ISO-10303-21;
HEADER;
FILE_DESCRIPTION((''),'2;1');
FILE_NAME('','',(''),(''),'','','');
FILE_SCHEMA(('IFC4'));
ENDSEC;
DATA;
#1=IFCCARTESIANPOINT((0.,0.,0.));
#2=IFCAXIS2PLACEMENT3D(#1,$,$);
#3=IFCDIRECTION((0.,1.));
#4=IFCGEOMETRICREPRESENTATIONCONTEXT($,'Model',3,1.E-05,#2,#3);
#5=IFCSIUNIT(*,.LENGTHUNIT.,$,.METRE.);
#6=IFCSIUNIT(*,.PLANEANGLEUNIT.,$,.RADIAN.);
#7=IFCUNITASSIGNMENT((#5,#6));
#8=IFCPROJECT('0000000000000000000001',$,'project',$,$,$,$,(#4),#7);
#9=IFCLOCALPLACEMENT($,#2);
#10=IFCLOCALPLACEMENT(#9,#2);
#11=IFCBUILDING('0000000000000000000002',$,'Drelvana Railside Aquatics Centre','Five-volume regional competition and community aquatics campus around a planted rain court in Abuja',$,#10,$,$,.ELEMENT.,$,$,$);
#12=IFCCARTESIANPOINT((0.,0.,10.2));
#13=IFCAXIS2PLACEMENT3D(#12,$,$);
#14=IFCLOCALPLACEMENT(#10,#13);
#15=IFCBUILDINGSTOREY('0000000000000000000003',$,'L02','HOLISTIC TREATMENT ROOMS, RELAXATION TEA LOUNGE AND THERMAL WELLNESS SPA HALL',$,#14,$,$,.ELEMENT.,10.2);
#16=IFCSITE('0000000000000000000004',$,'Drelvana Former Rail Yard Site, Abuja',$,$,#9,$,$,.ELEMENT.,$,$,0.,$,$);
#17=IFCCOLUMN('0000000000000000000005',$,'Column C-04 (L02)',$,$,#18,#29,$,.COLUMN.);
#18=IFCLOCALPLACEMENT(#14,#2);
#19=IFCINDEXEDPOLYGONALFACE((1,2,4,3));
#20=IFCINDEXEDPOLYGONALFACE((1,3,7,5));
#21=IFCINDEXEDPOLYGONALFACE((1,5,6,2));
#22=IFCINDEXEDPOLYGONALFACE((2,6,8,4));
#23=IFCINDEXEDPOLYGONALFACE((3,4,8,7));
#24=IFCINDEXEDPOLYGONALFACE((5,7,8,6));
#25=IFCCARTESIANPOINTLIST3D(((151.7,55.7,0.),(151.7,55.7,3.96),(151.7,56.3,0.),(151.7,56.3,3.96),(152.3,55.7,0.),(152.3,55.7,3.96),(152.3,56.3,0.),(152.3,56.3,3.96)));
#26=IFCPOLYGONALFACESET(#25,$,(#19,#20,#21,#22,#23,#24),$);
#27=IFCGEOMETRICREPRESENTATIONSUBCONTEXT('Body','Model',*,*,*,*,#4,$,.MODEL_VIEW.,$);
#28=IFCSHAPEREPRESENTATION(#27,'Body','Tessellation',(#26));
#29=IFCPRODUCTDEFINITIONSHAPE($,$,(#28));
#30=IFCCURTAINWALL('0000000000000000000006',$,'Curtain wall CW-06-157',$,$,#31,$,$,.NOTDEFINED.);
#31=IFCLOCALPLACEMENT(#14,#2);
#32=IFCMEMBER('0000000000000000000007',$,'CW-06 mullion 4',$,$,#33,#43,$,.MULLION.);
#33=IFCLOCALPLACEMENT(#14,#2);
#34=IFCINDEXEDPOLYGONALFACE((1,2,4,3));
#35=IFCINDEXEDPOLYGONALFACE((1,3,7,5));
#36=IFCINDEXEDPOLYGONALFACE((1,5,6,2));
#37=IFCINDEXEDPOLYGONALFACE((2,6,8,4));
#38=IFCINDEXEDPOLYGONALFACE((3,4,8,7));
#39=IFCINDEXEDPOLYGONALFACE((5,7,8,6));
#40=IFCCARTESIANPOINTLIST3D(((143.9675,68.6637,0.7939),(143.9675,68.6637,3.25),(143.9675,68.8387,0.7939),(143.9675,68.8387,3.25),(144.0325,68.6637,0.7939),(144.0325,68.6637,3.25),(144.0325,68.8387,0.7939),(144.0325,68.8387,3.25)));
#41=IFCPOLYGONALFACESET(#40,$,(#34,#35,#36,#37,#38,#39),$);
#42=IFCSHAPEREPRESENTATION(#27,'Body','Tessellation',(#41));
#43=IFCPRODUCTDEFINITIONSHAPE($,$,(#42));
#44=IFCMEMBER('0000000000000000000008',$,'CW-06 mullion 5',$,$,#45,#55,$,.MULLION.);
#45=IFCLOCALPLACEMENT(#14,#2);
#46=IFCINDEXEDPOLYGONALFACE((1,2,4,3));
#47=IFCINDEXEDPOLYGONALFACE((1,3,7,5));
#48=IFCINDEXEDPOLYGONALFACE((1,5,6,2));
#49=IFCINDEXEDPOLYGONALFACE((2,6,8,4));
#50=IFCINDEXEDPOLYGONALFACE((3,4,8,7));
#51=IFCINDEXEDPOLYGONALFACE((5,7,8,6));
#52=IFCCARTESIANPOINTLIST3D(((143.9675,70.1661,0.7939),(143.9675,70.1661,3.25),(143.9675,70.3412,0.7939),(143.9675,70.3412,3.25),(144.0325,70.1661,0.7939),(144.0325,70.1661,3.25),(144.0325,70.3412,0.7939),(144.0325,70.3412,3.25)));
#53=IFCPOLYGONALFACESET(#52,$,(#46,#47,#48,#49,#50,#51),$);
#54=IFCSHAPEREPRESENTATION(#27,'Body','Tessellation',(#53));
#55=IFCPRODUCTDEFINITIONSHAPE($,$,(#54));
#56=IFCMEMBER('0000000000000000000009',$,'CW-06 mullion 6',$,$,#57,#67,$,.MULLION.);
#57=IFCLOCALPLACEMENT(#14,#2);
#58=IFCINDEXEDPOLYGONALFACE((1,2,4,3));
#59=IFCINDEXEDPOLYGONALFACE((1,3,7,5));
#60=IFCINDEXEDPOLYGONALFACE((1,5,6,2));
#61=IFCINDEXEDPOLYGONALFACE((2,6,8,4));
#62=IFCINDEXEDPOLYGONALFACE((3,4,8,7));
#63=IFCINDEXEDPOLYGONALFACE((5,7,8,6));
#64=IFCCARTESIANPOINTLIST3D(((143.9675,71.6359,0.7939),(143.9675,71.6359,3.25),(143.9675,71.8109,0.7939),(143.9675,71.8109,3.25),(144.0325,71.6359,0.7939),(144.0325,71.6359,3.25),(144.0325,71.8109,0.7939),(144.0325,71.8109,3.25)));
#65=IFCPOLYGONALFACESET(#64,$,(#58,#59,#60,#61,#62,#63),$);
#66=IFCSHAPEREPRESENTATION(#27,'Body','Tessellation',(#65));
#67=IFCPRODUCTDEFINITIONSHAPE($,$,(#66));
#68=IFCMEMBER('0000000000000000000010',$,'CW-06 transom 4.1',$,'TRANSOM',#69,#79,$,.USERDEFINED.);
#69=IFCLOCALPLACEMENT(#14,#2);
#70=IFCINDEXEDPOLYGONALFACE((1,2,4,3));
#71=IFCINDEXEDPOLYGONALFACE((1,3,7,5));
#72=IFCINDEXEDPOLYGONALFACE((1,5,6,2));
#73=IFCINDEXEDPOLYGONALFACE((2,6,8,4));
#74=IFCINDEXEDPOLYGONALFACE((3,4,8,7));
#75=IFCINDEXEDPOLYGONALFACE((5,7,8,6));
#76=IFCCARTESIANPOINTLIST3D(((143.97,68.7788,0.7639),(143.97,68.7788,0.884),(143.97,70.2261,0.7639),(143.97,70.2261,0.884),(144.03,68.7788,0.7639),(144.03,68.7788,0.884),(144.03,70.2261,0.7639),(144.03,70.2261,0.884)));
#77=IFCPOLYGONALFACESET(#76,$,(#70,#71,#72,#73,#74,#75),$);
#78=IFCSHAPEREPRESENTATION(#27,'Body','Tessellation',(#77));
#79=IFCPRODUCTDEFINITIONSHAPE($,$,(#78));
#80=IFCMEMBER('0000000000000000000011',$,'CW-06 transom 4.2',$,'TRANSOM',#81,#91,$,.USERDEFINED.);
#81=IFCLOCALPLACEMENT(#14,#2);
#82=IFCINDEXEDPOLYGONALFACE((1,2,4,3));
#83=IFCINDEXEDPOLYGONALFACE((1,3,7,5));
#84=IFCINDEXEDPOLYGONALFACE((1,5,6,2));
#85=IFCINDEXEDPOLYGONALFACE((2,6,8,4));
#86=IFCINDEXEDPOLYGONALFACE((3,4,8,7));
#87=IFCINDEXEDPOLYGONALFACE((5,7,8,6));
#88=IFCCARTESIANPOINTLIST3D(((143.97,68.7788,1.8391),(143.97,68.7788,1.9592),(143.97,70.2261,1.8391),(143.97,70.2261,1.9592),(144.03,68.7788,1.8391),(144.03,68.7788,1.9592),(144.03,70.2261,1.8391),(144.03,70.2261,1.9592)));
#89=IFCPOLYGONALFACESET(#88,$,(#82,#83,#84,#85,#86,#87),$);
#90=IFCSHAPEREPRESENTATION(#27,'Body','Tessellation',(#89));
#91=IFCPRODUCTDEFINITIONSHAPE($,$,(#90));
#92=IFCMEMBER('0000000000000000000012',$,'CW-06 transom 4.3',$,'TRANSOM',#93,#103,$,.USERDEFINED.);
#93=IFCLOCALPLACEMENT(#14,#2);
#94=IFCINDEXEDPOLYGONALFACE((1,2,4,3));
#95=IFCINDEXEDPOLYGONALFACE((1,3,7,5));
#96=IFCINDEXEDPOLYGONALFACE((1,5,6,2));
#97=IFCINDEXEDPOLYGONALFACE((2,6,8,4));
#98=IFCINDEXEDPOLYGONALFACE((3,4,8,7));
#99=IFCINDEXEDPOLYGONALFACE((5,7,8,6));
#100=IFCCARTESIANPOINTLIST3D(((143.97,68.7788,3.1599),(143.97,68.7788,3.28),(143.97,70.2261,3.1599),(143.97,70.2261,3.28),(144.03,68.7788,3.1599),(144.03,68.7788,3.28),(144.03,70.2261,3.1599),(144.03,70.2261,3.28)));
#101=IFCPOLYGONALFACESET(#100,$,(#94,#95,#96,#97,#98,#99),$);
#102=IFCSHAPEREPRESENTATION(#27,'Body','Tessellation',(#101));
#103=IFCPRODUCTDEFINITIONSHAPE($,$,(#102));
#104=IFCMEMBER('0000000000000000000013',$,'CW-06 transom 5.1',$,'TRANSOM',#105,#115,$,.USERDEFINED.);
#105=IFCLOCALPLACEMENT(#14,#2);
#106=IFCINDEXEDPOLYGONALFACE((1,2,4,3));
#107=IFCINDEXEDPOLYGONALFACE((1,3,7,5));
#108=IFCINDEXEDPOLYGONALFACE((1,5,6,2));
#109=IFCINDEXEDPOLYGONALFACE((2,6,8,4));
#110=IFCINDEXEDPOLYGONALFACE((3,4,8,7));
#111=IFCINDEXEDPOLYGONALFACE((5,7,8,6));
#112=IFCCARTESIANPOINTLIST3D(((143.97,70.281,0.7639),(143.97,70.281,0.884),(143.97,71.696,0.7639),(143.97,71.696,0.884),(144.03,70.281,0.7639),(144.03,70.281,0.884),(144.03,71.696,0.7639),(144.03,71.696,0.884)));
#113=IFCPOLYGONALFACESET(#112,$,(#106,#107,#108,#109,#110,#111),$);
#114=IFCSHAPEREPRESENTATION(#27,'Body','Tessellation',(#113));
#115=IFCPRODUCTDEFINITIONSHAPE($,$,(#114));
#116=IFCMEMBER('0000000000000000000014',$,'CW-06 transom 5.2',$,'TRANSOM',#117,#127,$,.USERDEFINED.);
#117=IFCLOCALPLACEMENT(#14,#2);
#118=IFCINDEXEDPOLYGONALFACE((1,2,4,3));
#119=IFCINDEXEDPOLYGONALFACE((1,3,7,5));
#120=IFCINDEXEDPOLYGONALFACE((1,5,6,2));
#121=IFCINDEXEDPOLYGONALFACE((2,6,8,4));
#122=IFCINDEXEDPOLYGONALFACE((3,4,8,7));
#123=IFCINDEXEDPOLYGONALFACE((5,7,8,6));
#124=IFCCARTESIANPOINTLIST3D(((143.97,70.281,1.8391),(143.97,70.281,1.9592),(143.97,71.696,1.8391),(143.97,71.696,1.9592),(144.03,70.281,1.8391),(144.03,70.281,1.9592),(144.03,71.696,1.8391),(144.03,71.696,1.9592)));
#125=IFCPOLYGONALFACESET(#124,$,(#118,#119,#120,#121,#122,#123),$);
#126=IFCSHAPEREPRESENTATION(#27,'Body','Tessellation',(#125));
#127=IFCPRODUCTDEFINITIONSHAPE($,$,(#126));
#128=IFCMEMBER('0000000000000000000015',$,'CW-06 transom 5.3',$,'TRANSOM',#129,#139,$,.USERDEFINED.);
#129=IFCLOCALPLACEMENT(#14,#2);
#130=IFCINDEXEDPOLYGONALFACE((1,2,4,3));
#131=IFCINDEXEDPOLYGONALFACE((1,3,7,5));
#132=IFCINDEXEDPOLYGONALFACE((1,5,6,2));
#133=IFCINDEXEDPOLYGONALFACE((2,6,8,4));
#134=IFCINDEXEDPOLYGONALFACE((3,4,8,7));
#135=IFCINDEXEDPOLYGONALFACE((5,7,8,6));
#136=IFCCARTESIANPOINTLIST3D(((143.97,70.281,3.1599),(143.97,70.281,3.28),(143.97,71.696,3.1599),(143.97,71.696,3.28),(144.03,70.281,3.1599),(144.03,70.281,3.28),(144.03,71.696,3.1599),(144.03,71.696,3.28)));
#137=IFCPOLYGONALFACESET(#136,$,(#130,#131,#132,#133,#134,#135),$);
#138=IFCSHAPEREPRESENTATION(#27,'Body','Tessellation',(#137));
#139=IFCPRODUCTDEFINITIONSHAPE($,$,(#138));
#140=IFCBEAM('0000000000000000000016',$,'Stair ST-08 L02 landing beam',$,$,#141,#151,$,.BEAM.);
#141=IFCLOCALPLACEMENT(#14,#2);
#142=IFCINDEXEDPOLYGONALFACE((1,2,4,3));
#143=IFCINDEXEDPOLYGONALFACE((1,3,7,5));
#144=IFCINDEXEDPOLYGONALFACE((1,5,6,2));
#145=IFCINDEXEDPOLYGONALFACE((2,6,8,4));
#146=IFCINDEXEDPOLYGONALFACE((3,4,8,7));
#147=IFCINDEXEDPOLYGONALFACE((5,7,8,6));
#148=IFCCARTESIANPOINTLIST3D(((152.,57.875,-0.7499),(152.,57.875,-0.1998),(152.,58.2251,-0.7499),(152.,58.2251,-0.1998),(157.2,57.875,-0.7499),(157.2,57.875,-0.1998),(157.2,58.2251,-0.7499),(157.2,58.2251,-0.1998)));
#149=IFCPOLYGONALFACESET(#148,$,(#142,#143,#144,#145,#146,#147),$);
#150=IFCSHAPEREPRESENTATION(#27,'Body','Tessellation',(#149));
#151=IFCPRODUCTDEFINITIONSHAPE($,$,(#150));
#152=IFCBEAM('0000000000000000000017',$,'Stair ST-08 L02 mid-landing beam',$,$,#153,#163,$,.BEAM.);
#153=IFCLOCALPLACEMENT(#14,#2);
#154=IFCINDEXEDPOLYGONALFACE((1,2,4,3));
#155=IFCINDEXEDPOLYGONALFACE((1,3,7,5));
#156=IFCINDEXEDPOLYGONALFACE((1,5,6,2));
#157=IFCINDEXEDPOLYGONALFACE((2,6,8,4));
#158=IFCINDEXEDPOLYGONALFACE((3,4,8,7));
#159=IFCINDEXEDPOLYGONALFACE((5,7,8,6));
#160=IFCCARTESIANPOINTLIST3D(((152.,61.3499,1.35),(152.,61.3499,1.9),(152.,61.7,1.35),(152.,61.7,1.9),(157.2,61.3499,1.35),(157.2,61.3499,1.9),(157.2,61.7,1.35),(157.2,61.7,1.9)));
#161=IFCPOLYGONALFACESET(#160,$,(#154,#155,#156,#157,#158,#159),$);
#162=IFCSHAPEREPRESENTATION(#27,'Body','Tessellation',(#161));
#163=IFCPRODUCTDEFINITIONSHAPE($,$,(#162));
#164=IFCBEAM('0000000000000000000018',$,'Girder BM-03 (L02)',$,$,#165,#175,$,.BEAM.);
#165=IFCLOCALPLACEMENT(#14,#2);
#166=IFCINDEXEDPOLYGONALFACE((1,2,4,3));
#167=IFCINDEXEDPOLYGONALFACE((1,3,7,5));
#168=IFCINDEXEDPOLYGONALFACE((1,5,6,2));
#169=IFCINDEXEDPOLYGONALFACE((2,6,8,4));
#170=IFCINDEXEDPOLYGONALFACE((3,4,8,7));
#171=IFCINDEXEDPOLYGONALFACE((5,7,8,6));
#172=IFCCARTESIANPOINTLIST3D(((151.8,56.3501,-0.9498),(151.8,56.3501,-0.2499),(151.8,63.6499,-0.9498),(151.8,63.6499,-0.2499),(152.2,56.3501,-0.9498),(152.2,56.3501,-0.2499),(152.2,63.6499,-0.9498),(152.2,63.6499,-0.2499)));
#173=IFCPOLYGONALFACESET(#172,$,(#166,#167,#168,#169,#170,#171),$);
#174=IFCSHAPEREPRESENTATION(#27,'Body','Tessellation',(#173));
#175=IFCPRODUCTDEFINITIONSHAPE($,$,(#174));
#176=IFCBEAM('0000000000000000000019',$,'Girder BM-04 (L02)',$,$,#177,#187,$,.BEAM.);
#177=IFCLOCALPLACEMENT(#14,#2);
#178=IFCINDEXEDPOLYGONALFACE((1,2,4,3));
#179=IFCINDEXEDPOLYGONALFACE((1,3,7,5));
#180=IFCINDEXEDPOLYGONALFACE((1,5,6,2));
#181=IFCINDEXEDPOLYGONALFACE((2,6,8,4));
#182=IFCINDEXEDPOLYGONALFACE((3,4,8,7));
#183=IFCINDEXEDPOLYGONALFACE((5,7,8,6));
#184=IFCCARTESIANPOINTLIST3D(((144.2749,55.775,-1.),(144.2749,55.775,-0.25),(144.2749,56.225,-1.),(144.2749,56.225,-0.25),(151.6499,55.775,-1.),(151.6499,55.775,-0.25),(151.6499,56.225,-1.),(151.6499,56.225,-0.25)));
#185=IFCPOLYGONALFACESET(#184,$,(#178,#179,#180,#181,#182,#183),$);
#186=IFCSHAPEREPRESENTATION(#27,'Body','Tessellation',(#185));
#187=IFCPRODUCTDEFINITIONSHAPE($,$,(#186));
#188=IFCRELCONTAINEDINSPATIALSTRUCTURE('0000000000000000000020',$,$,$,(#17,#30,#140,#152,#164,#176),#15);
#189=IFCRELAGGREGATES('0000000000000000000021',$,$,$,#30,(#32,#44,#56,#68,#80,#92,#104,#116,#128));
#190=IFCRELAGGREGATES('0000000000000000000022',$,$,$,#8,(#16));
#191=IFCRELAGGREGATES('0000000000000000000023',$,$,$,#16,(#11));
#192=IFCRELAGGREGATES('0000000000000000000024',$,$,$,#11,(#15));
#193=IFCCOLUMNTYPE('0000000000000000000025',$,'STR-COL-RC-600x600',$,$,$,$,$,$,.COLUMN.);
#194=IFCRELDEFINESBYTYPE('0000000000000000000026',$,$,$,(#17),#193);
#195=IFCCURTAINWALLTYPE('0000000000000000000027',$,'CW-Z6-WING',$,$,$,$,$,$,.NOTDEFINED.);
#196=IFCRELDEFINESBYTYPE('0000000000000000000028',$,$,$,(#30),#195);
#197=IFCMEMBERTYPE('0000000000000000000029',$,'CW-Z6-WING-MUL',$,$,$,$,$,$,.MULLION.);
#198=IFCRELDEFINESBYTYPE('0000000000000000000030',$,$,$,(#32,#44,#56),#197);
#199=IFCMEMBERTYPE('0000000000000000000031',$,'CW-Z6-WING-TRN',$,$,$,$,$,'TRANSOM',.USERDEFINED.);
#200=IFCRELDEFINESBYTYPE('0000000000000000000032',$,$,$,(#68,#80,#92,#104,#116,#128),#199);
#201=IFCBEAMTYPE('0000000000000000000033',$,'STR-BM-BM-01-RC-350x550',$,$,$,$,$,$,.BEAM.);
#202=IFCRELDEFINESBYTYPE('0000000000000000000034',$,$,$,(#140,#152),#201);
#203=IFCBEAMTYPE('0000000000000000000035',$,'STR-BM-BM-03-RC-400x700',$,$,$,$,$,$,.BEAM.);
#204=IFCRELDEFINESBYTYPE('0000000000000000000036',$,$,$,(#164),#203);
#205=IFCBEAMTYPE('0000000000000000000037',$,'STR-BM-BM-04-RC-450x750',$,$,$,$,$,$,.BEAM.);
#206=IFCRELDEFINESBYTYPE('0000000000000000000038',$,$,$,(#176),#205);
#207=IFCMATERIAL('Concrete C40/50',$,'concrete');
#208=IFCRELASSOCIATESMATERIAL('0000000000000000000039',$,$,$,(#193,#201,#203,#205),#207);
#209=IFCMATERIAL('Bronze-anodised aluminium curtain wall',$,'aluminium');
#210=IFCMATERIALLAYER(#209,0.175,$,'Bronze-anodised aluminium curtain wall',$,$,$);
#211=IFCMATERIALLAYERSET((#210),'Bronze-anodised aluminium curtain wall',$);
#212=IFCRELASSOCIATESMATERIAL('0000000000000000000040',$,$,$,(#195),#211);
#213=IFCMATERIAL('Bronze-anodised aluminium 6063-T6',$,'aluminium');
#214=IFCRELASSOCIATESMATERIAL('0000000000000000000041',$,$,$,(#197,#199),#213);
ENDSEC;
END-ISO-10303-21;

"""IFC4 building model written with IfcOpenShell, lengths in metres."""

from ifc_helpers import new_model, si_unit, direction, frame, origin, origin_2d, place, context, subcontext, project, spatial, rectangle, extrude, material, layer, layer_set, material_profile, profile_set, type_object, element, aggregate, save


model = new_model("IFC4")

# Units and contexts
model_context = context("Model", 3, precision=1e-05, world=origin(), true_north=direction((0.0, 1.0)))
body_context = subcontext(model_context, "Body", "Model", "MODEL_VIEW")
ifc_project = project(units=[si_unit("LENGTHUNIT", "METRE"), si_unit("PLANEANGLEUNIT", "RADIAN")], contexts=[model_context])

# Site, building, storey
site_placement = place(None, origin())
site = spatial("IfcSite", under=ifc_project, at=site_placement, Name="Drelvana Former Rail Yard Site, Abuja", CompositionType="ELEMENT", RefElevation=0.0)
building_placement = place(site_placement, origin())
building = spatial("IfcBuilding", under=site, at=building_placement, Name="Drelvana Railside Aquatics Centre", Description="Five-volume regional competition and community aquatics campus around a planted rain court in Abuja", CompositionType="ELEMENT")
storey_placement = place(building_placement, frame((0.0, 0.0, 10.2)))
storey = spatial("IfcBuildingStorey", under=building, at=storey_placement, Name="L02", Description="HOLISTIC TREATMENT ROOMS, RELAXATION TEA LOUNGE AND THERMAL WELLNESS SPA HALL", CompositionType="ELEMENT", Elevation=10.2)

# Column
ifc_material_1 = material(Name="Concrete C40/50", Category="concrete")
ifc_material_profile_1 = material_profile(ifc_material_1, rectangle(XDim=0.6001, YDim=0.6001, at=origin_2d()), Name="RC 600x600")
ifc_profile_set_1 = profile_set([ifc_material_profile_1], Name="Concrete C40/50")
column_type = type_object("IfcColumnType", Name="STR-COL-RC-600x600", PredefinedType="COLUMN", material=ifc_profile_set_1)
column_placement = place(storey_placement, frame((152.0, 56.0, 0.0), z_axis=(0.0, 0.0, 1.0), x_axis=(1.0, 0.0, 0.0)))
element("IfcColumn", 1, at=column_placement, inside=storey, type_object=column_type, Name="Column C-04 (L02)", PredefinedType="COLUMN", context=body_context, shape_type="SweptSolid", body=[
    extrude(rectangle(XDim=0.6001, YDim=0.6001, at=origin_2d()), origin(), (0.0, 0.0, 1.0), 3.96),
])

# Curtain wall, members
ifc_material_2 = material(Name="Bronze-anodised aluminium curtain wall", Category="aluminium")
ifc_layer_1 = layer(ifc_material_2, 0.175, Name="Bronze-anodised aluminium curtain wall")
ifc_layer_set_1 = layer_set([ifc_layer_1], Name="Bronze-anodised aluminium curtain wall")
curtain_wall_type = type_object("IfcCurtainWallType", Name="CW-Z6-WING", PredefinedType="NOTDEFINED", material=ifc_layer_set_1)
curtain_wall_placement = place(storey_placement, origin())
curtain_wall = element("IfcCurtainWall", 2, at=curtain_wall_placement, inside=storey, type_object=curtain_wall_type, Name="Curtain wall CW-06-157", PredefinedType="NOTDEFINED")
ifc_material_3 = material(Name="Bronze-anodised aluminium 6063-T6", Category="aluminium")
ifc_material_profile_2 = material_profile(ifc_material_3, rectangle(XDim=0.0649, YDim=0.175, at=origin_2d()), Name="ALU-M 65x175")
ifc_profile_set_2 = profile_set([ifc_material_profile_2], Name="Bronze-anodised aluminium 6063-T6")
member_type_1 = type_object("IfcMemberType", Name="CW-Z6-WING-MUL", PredefinedType="MULLION", material=ifc_profile_set_2)
member_1_placement = place(storey_placement, frame((144.0, 68.7512, 0.7939), z_axis=(0.0, 0.0, 1.0), x_axis=(-1.0, 0.0, 0.0)))
member_1 = element("IfcMember", 3, at=member_1_placement, type_object=member_type_1, Name="CW-06 mullion 4", PredefinedType="MULLION", context=body_context, shape_type="SweptSolid", body=[
    extrude(rectangle(XDim=0.0649, YDim=0.175, at=origin_2d()), origin(), (0.0, 0.0, 1.0), 2.4561),
])
member_2_placement = place(storey_placement, frame((144.0, 70.2537, 0.7939), z_axis=(0.0, 0.0, 1.0), x_axis=(-1.0, 0.0, 0.0)))
member_2 = element("IfcMember", 4, at=member_2_placement, type_object=member_type_1, Name="CW-06 mullion 5", PredefinedType="MULLION", context=body_context, shape_type="SweptSolid", body=[
    extrude(rectangle(XDim=0.0649, YDim=0.175, at=origin_2d()), origin(), (0.0, 0.0, 1.0), 2.4561),
])
member_3_placement = place(storey_placement, frame((144.0, 71.7234, 0.7939), z_axis=(0.0, 0.0, 1.0), x_axis=(-1.0, 0.0, 0.0)))
member_3 = element("IfcMember", 5, at=member_3_placement, type_object=member_type_1, Name="CW-06 mullion 6", PredefinedType="MULLION", context=body_context, shape_type="SweptSolid", body=[
    extrude(rectangle(XDim=0.0649, YDim=0.175, at=origin_2d()), origin(), (0.0, 0.0, 1.0), 2.4561),
])
ifc_material_profile_3 = material_profile(ifc_material_3, rectangle(XDim=0.1201, YDim=0.0601, at=origin_2d()), Name="ALU-T 60x120")
ifc_profile_set_3 = profile_set([ifc_material_profile_3], Name="Bronze-anodised aluminium 6063-T6")
member_type_2 = type_object("IfcMemberType", Name="CW-Z6-WING-TRN", ElementType="TRANSOM", PredefinedType="USERDEFINED", material=ifc_profile_set_3)
member_4_placement = place(storey_placement, frame((144.0, 68.7788, 0.824), z_axis=(0.0, 1.0, 0.0), x_axis=(0.0, 0.0, 1.0)))
member_4 = element("IfcMember", 6, at=member_4_placement, type_object=member_type_2, Name="CW-06 transom 4.1", ObjectType="TRANSOM", PredefinedType="USERDEFINED", context=body_context, shape_type="SweptSolid", body=[
    extrude(rectangle(XDim=0.1201, YDim=0.0601, at=origin_2d()), origin(), (0.0, 0.0, 1.0), 1.4473),
])
member_5_placement = place(storey_placement, frame((144.0, 68.7788, 1.8992), z_axis=(0.0, 1.0, 0.0), x_axis=(0.0, 0.0, 1.0)))
member_5 = element("IfcMember", 7, at=member_5_placement, type_object=member_type_2, Name="CW-06 transom 4.2", ObjectType="TRANSOM", PredefinedType="USERDEFINED", context=body_context, shape_type="SweptSolid", body=[
    extrude(rectangle(XDim=0.1201, YDim=0.0601, at=origin_2d()), origin(), (0.0, 0.0, 1.0), 1.4473),
])
member_6_placement = place(storey_placement, frame((144.0, 68.7788, 3.22), z_axis=(0.0, 1.0, 0.0), x_axis=(0.0, 0.0, 1.0)))
member_6 = element("IfcMember", 8, at=member_6_placement, type_object=member_type_2, Name="CW-06 transom 4.3", ObjectType="TRANSOM", PredefinedType="USERDEFINED", context=body_context, shape_type="SweptSolid", body=[
    extrude(rectangle(XDim=0.1201, YDim=0.0601, at=origin_2d()), origin(), (0.0, 0.0, 1.0), 1.4473),
])
member_7_placement = place(storey_placement, frame((144.0, 70.281, 0.824), z_axis=(0.0, 1.0, 0.0), x_axis=(0.0, 0.0, 1.0)))
member_7 = element("IfcMember", 9, at=member_7_placement, type_object=member_type_2, Name="CW-06 transom 5.1", ObjectType="TRANSOM", PredefinedType="USERDEFINED", context=body_context, shape_type="SweptSolid", body=[
    extrude(rectangle(XDim=0.1201, YDim=0.0601, at=origin_2d()), origin(), (0.0, 0.0, 1.0), 1.415),
])
member_8_placement = place(storey_placement, frame((144.0, 70.281, 1.8992), z_axis=(0.0, 1.0, 0.0), x_axis=(0.0, 0.0, 1.0)))
member_8 = element("IfcMember", 10, at=member_8_placement, type_object=member_type_2, Name="CW-06 transom 5.2", ObjectType="TRANSOM", PredefinedType="USERDEFINED", context=body_context, shape_type="SweptSolid", body=[
    extrude(rectangle(XDim=0.1201, YDim=0.0601, at=origin_2d()), origin(), (0.0, 0.0, 1.0), 1.415),
])
member_9_placement = place(storey_placement, frame((144.0, 70.281, 3.22), z_axis=(0.0, 1.0, 0.0), x_axis=(0.0, 0.0, 1.0)))
member_9 = element("IfcMember", 11, at=member_9_placement, type_object=member_type_2, Name="CW-06 transom 5.3", ObjectType="TRANSOM", PredefinedType="USERDEFINED", context=body_context, shape_type="SweptSolid", body=[
    extrude(rectangle(XDim=0.1201, YDim=0.0601, at=origin_2d()), origin(), (0.0, 0.0, 1.0), 1.415),
])

# Beams
ifc_material_profile_4 = material_profile(ifc_material_1, rectangle(XDim=0.3501, YDim=0.55, at=origin_2d()), Name="RC 350x550")
ifc_profile_set_4 = profile_set([ifc_material_profile_4], Name="Concrete C40/50")
beam_type_1 = type_object("IfcBeamType", Name="STR-BM-BM-01-RC-350x550", PredefinedType="BEAM", material=ifc_profile_set_4)
for number, where, z_axis, x_axis, name in (
    (12, (152.0, 58.05, -0.4749), (1.0, 0.0, 0.0), (0.0, 1.0, 0.0), "Stair ST-08 L02 landing beam"),
    (13, (152.0, 61.5249, 1.625), (1.0, 0.0, 0.0), (0.0, 1.0, 0.0), "Stair ST-08 L02 mid-landing beam"),
):
    element("IfcBeam", number, at=place(storey_placement, frame(where, z_axis=z_axis, x_axis=x_axis)), inside=storey, type_object=beam_type_1, Name=name, PredefinedType="BEAM", context=body_context, shape_type="SweptSolid", body=[
        extrude(rectangle(XDim=0.3501, YDim=0.55, at=origin_2d()), origin(), (0.0, 0.0, 1.0), 5.2),
    ])
ifc_material_profile_5 = material_profile(ifc_material_1, rectangle(XDim=0.3999, YDim=0.7, at=origin_2d()), Name="RC 400x700")
ifc_profile_set_5 = profile_set([ifc_material_profile_5], Name="Concrete C40/50")
beam_type_2 = type_object("IfcBeamType", Name="STR-BM-BM-03-RC-400x700", PredefinedType="BEAM", material=ifc_profile_set_5)
beam_placement = place(storey_placement, frame((152.0, 56.3501, -0.5999), z_axis=(0.0, 1.0, 0.0), x_axis=(-1.0, 0.0, 0.0)))
element("IfcBeam", 14, at=beam_placement, inside=storey, type_object=beam_type_2, Name="Girder BM-03 (L02)", PredefinedType="BEAM", context=body_context, shape_type="SweptSolid", body=[
    extrude(rectangle(XDim=0.3999, YDim=0.7, at=origin_2d()), origin(), (0.0, 0.0, 1.0), 7.2998),
])
ifc_material_profile_6 = material_profile(ifc_material_1, rectangle(XDim=0.45, YDim=0.75, at=origin_2d()), Name="RC 450x750")
ifc_profile_set_6 = profile_set([ifc_material_profile_6], Name="Concrete C40/50")
beam_type_3 = type_object("IfcBeamType", Name="STR-BM-BM-04-RC-450x750", PredefinedType="BEAM", material=ifc_profile_set_6)
for number, where, z_axis, x_axis, name in (
    (15, (144.2749, 56.0, -0.625), (1.0, 0.0, 0.0), (0.0, 1.0, 0.0), "Girder BM-04 (L02)"),
):
    element("IfcBeam", number, at=place(storey_placement, frame(where, z_axis=z_axis, x_axis=x_axis)), inside=storey, type_object=beam_type_3, Name=name, PredefinedType="BEAM", context=body_context, shape_type="SweptSolid", body=[
        extrude(rectangle(XDim=0.45, YDim=0.75, at=origin_2d()), origin(), (0.0, 0.0, 1.0), 7.375),
    ])

aggregate(curtain_wall, [member_1, member_2, member_3, member_4, member_5, member_6, member_7, member_8, member_9])

save(model, "model.ifc")
